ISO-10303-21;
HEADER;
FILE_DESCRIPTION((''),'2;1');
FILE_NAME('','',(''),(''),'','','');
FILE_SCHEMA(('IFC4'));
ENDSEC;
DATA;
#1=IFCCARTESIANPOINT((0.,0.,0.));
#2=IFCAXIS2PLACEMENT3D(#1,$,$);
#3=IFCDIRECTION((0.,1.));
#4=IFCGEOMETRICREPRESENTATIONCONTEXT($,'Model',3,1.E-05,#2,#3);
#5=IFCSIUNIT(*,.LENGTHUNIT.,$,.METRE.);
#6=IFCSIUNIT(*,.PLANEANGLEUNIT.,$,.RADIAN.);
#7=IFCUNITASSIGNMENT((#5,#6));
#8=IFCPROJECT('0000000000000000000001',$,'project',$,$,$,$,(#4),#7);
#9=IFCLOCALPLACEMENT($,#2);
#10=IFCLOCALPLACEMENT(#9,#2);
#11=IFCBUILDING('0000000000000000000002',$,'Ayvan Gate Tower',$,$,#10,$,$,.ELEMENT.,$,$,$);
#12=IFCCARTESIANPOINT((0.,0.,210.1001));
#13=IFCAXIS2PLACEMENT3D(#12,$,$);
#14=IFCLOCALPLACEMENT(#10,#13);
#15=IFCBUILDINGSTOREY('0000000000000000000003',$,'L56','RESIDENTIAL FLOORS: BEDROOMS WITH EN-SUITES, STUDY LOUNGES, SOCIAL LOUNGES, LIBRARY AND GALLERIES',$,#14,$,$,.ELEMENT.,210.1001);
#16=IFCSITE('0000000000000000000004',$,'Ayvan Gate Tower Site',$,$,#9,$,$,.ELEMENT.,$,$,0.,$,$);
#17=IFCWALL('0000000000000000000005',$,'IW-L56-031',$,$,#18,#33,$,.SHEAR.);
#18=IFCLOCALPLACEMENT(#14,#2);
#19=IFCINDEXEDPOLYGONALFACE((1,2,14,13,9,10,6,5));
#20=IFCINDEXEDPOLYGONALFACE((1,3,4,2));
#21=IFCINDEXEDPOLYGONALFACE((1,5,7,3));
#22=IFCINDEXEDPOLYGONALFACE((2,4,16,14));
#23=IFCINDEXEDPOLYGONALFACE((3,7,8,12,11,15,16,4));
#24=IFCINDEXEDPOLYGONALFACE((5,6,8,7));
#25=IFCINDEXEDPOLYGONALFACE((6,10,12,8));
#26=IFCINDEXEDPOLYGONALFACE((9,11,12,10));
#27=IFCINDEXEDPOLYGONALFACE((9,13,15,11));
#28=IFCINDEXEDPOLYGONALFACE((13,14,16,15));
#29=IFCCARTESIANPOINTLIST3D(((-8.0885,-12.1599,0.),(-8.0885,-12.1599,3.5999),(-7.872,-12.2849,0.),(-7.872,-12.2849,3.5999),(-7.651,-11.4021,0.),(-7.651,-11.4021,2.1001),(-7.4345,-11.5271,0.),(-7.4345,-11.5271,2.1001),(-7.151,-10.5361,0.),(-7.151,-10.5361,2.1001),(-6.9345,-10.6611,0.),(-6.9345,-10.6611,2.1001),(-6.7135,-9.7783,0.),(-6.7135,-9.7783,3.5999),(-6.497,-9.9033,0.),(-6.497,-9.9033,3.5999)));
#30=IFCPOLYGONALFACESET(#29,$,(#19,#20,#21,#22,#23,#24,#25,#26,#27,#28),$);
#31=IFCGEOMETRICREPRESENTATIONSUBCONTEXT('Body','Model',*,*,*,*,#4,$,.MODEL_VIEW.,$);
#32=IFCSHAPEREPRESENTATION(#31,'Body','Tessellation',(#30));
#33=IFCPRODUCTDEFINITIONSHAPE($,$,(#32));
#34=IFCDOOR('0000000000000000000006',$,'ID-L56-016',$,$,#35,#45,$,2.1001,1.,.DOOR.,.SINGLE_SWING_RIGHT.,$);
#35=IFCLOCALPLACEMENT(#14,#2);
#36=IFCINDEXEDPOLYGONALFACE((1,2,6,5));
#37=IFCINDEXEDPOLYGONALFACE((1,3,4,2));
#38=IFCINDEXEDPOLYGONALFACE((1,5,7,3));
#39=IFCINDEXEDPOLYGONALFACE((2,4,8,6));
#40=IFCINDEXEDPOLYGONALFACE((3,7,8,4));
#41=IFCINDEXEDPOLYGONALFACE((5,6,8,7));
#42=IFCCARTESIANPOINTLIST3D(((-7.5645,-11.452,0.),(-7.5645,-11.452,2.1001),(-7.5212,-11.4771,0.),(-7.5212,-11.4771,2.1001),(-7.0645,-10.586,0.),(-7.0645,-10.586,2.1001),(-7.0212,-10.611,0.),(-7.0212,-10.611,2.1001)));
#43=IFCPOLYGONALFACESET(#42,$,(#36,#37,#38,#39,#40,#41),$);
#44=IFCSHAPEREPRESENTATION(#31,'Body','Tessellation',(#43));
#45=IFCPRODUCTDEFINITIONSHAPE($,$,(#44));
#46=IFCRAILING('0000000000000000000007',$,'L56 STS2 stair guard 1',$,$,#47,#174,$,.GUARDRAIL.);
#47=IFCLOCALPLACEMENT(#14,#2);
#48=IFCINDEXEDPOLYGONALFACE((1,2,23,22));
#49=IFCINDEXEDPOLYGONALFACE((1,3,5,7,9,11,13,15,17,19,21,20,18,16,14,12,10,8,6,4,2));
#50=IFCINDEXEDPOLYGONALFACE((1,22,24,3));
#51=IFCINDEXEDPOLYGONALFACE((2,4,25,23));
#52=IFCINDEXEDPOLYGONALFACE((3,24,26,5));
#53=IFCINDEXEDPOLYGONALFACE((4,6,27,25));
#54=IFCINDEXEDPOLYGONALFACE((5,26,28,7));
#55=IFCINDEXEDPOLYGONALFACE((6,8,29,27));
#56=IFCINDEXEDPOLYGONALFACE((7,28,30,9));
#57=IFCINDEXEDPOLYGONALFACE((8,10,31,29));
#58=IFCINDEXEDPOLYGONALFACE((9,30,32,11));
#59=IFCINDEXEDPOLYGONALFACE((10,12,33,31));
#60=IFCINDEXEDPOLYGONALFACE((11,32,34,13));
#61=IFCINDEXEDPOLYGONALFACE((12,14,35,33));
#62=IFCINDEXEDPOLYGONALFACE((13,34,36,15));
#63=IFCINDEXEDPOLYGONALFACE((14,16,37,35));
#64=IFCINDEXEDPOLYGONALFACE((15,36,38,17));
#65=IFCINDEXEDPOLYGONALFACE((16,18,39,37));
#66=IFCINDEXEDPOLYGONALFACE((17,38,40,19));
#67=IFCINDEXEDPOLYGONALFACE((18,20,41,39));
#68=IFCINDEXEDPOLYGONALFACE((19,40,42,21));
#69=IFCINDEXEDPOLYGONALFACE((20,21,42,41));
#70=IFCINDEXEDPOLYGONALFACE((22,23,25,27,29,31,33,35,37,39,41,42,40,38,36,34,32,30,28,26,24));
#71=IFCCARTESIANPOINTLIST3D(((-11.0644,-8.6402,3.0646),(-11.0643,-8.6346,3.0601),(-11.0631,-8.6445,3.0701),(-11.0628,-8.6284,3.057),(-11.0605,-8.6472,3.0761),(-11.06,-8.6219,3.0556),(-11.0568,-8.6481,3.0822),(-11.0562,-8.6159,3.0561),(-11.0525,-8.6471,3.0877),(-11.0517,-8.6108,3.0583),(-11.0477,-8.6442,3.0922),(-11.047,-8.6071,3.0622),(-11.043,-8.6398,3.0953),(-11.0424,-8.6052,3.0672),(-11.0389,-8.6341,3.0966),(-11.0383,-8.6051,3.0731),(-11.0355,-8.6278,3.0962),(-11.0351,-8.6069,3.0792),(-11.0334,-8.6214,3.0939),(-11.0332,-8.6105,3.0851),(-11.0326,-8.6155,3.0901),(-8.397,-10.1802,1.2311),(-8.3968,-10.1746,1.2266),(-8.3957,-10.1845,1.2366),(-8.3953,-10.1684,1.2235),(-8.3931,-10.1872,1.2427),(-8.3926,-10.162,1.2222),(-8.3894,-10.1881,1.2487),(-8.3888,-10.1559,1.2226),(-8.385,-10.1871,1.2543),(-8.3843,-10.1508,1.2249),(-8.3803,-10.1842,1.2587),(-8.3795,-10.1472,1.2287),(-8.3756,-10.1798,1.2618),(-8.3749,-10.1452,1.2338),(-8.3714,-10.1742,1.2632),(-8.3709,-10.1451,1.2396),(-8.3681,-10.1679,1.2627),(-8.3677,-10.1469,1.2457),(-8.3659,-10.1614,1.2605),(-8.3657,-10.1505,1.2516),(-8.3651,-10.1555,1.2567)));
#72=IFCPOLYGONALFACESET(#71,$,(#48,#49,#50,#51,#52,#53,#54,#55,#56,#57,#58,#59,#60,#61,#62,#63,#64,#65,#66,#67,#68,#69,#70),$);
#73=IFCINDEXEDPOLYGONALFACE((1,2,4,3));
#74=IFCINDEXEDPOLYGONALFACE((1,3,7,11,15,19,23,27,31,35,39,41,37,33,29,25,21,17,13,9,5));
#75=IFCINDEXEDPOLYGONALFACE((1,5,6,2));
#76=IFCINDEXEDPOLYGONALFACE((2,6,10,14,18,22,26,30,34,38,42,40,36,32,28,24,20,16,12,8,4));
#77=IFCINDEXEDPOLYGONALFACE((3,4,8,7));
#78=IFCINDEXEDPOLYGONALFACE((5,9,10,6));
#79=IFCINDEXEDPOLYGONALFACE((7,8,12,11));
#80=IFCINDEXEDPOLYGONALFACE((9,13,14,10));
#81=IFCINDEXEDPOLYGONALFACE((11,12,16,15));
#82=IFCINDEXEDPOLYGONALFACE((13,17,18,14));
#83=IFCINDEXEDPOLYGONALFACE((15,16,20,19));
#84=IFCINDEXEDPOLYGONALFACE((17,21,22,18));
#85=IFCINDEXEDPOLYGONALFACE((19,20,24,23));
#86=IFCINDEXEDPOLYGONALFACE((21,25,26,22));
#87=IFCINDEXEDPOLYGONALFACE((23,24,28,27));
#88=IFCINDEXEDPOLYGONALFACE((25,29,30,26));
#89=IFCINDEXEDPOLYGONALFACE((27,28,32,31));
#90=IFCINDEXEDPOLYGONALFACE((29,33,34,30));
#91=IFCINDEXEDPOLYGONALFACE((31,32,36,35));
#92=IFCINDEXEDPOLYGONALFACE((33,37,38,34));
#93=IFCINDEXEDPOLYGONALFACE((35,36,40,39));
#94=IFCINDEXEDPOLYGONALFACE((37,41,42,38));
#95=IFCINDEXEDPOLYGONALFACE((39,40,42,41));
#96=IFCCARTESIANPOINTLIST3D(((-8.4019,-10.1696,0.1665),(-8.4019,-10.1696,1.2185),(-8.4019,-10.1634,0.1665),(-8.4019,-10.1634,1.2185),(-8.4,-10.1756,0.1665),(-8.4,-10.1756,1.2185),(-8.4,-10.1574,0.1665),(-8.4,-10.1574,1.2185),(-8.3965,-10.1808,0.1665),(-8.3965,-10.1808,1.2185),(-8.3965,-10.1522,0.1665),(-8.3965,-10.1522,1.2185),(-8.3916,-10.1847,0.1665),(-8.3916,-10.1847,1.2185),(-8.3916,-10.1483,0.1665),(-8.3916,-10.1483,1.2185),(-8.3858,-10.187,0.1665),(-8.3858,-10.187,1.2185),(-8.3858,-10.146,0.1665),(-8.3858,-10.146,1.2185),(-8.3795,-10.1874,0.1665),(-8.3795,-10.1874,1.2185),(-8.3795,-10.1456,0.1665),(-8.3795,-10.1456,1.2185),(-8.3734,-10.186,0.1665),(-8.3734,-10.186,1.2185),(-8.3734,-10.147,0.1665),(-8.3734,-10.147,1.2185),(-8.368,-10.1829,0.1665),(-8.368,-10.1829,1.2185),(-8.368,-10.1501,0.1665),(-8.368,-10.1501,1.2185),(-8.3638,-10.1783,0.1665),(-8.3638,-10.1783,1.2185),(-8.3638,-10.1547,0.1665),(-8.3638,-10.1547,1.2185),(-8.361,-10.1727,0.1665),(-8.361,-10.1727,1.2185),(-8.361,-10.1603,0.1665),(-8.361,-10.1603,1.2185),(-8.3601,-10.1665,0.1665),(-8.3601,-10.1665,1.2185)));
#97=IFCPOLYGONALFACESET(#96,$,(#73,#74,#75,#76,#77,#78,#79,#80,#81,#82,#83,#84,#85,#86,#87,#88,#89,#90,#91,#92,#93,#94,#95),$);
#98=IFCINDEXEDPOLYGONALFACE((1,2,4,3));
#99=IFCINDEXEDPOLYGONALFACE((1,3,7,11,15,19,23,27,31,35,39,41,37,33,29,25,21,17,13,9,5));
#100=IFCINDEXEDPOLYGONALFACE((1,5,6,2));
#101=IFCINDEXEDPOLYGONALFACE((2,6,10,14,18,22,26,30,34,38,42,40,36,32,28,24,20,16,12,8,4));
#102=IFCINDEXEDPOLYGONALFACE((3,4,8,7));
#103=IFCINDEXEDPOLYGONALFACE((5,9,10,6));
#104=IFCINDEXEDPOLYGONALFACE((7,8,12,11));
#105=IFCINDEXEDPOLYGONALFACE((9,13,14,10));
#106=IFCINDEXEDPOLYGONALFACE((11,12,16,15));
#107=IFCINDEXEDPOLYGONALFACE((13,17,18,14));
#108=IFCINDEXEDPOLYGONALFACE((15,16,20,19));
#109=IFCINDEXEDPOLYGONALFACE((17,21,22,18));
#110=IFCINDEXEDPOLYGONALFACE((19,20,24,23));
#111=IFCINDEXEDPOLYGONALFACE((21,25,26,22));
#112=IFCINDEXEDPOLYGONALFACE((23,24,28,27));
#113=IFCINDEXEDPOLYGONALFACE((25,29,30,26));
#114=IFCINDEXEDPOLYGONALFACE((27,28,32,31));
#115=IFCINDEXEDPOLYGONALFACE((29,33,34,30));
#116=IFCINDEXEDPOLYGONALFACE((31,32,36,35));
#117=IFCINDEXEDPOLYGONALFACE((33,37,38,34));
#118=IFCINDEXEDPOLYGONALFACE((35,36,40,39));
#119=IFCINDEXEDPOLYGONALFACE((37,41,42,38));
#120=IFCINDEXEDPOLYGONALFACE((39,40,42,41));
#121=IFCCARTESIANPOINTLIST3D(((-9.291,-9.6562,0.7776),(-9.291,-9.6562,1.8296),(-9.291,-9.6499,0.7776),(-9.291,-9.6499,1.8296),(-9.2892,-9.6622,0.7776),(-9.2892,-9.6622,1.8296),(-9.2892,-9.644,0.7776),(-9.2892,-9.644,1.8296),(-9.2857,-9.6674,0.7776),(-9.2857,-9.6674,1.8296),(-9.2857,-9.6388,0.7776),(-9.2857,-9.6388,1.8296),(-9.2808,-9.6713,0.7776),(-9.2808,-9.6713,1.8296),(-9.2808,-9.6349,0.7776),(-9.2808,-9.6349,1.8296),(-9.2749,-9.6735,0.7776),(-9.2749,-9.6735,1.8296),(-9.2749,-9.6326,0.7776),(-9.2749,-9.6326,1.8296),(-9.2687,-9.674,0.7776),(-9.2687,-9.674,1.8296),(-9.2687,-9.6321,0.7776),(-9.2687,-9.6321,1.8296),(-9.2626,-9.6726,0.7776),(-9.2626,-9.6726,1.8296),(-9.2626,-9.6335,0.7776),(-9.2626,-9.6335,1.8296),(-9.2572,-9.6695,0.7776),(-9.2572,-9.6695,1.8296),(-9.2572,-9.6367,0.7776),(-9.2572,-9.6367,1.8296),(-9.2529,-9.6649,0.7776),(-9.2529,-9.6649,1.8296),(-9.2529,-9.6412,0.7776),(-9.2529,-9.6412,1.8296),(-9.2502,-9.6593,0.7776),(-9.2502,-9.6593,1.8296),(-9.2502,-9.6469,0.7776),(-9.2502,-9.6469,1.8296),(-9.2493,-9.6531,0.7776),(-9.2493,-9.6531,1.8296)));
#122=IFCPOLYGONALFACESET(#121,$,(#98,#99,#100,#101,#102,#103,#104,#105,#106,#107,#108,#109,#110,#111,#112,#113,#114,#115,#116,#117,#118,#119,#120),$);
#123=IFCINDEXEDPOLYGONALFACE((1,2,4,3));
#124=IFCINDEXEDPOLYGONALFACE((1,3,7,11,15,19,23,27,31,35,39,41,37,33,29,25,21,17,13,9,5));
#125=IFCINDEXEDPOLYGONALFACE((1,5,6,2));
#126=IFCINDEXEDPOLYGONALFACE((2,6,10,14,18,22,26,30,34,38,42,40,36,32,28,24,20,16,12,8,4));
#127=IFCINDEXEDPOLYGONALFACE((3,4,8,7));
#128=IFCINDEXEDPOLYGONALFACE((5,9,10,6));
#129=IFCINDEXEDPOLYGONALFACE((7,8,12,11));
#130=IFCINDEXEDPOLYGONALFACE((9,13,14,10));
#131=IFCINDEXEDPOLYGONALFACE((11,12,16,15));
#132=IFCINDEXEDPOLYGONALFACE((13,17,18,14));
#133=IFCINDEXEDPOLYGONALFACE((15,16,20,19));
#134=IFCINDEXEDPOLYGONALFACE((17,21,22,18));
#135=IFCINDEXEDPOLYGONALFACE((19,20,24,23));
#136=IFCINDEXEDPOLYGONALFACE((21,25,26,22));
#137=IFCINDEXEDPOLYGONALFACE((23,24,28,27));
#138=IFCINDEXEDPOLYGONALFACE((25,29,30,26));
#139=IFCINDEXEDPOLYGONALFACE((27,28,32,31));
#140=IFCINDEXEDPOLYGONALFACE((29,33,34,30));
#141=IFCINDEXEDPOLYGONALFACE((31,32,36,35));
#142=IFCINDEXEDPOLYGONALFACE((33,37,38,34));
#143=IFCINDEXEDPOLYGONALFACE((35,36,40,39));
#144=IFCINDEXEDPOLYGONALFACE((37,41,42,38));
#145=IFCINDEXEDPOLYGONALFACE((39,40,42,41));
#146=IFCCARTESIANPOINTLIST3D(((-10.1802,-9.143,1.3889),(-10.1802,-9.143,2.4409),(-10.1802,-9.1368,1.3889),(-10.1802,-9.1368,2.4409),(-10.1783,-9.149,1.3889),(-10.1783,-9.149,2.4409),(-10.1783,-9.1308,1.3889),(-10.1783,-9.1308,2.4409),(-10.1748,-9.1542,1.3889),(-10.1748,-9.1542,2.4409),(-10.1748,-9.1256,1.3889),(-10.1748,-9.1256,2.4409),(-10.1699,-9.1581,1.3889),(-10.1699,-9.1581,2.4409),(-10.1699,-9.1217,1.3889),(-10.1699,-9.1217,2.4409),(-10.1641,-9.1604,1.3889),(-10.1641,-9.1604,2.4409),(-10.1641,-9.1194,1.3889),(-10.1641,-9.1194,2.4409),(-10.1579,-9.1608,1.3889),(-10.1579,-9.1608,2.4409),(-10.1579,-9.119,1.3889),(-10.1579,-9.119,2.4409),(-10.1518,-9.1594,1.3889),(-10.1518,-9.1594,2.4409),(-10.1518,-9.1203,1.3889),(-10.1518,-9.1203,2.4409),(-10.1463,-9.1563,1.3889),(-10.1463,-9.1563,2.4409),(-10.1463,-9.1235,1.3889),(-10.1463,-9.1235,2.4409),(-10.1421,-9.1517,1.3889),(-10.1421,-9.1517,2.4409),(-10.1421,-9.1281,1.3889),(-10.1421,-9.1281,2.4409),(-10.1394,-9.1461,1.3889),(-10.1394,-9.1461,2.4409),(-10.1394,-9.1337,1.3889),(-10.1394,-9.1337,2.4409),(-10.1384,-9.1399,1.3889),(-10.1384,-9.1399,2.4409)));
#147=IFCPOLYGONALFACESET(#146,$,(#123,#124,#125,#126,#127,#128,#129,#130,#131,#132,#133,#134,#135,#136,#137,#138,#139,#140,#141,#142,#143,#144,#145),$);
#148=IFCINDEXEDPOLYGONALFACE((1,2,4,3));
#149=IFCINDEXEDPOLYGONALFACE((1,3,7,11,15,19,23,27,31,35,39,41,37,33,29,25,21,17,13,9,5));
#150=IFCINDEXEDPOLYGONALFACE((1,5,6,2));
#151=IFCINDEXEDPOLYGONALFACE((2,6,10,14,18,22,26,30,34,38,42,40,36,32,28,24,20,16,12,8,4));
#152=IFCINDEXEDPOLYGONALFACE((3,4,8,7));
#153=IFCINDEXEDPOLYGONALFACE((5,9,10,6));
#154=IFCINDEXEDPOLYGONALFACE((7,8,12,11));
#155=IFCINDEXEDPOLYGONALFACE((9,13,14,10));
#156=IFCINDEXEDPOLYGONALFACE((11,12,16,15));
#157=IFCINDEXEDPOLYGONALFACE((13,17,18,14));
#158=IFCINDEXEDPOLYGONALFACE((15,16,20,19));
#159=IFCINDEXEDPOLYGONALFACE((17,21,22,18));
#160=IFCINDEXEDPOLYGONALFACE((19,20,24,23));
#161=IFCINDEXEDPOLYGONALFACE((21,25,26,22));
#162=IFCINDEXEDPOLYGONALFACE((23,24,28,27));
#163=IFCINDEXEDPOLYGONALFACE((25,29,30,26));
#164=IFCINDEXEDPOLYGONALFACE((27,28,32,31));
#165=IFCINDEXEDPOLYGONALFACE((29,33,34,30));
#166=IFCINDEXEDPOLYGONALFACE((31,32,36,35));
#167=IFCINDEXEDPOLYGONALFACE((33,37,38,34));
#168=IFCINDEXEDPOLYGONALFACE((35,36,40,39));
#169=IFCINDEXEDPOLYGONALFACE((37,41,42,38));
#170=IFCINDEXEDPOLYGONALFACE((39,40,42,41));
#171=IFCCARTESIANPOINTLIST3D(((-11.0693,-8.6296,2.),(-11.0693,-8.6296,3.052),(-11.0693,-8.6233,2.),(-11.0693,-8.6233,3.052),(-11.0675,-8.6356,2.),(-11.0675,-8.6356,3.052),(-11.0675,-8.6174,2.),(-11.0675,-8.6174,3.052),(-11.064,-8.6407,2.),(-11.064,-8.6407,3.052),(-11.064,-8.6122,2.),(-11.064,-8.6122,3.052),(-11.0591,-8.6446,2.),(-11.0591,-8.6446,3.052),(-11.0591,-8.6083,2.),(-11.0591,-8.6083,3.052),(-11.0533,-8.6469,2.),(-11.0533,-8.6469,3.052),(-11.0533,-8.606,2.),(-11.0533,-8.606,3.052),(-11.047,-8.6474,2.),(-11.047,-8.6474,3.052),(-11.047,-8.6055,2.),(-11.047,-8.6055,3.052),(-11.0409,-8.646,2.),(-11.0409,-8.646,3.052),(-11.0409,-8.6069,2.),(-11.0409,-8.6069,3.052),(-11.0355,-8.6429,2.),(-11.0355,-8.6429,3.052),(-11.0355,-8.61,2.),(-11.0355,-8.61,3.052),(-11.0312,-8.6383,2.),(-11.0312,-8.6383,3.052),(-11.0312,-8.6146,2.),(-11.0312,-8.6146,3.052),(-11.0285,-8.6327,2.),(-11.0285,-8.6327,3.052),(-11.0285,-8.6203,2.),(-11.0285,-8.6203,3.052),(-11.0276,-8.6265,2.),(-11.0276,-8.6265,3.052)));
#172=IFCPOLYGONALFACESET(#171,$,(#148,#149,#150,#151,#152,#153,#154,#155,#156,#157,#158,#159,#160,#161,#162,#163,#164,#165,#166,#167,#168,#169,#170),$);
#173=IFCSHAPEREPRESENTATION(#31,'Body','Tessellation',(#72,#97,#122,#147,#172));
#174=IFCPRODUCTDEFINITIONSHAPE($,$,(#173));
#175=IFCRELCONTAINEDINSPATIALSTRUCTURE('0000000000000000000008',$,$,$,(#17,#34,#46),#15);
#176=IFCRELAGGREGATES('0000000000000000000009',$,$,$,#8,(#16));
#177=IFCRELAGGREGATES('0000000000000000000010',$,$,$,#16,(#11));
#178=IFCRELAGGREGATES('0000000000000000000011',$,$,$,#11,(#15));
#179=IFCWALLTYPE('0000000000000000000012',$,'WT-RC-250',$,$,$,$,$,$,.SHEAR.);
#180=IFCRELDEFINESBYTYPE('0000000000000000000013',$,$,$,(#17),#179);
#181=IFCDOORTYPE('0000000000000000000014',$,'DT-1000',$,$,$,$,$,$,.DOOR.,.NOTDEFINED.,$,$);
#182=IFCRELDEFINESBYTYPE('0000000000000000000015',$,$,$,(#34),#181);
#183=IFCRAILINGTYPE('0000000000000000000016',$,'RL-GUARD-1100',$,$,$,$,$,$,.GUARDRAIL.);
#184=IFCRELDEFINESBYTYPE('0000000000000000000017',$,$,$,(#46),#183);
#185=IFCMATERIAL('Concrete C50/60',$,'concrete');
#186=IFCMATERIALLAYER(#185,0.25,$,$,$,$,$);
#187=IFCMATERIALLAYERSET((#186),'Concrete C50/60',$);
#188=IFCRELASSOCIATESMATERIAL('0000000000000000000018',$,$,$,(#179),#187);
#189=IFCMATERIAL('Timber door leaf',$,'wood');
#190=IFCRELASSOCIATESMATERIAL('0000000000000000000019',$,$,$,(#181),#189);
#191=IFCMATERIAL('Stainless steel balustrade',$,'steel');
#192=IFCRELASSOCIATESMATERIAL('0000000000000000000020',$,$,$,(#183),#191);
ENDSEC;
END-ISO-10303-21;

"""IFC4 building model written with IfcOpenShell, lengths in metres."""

from ifc_helpers import new_model, si_unit, direction, frame, frame_2d, origin, origin_2d, place, context, subcontext, project, spatial, rectangle, circle, extrude, material, layer, layer_set, type_object, element, fill, save


model = new_model("IFC4")

# Units and contexts
model_context = context("Model", 3, precision=1e-05, world=origin(), true_north=direction((0.0, 1.0)))
body_context = subcontext(model_context, "Body", "Model", "MODEL_VIEW")
ifc_project = project(units=[si_unit("LENGTHUNIT", "METRE"), si_unit("PLANEANGLEUNIT", "RADIAN")], contexts=[model_context])

# Site, building, storey
site_placement = place(None, origin())
site = spatial("IfcSite", under=ifc_project, at=site_placement, Name="Ayvan Gate Tower Site", CompositionType="ELEMENT", RefElevation=0.0)
building_placement = place(site_placement, origin())
building = spatial("IfcBuilding", under=site, at=building_placement, Name="Ayvan Gate Tower", CompositionType="ELEMENT")
storey_placement = place(building_placement, frame((0.0, 0.0, 210.1001)))
storey = spatial("IfcBuildingStorey", under=building, at=storey_placement, Name="L56", Description="RESIDENTIAL FLOORS: BEDROOMS WITH EN-SUITES, STUDY LOUNGES, SOCIAL LOUNGES, LIBRARY AND GALLERIES", CompositionType="ELEMENT", Elevation=210.1001)

# Shared definitions
ifc_material_1 = material(Name="Timber door leaf", Category="wood")

# Shared definitions
ifc_material_2 = material(Name="Concrete C50/60", Category="concrete")
ifc_layer_1 = layer(ifc_material_2, 0.25)
ifc_layer_set_1 = layer_set([ifc_layer_1], Name="Concrete C50/60")
wall_type_1 = type_object("IfcWallType", Name="WT-RC-250", PredefinedType="SHEAR", material=ifc_layer_set_1)

# Shared definitions
door_type_1 = type_object("IfcDoorType", Name="DT-1000", OperationType="NOTDEFINED", PredefinedType="DOOR", material=ifc_material_1)

# Wall, opening, door
wall_1_placement = place(storey_placement, frame((-6.6052, -9.8408, 0.0), z_axis=(0.0, 0.0, 1.0), x_axis=(-0.499997, -0.866027, 0.0)))
wall_1 = element("IfcWall", 1, at=wall_1_placement, inside=storey, type_object=wall_type_1, Name="IW-L56-031", PredefinedType="SHEAR", context=body_context, shape_type="SweptSolid", body=[
    extrude(rectangle(XDim=2.75, YDim=0.25, at=frame_2d((1.375, 0.0))), origin(), (0.0, 0.0, 1.0), 3.5999),
])
opening_1_placement = place(wall_1_placement, frame((0.875, 0.0, 0.0)))
opening_1 = element("IfcOpeningElement", 2, at=opening_1_placement, cuts=wall_1, PredefinedType="OPENING", context=body_context, shape_type="SweptSolid", body=[
    extrude(rectangle(XDim=1.0, YDim=2.1001, at=frame_2d((0.5, 1.05))), frame((0.0, 0.135, 0.0), z_axis=(0.0, -1.0, 0.0), x_axis=(1.0, 0.0, 0.0)), (0.0, 0.0, 1.0), 0.27),
])
door_1_placement = place(opening_1_placement, origin())
door_1 = element("IfcDoor", 3, at=door_1_placement, inside=storey, type_object=door_type_1, Name="ID-L56-016", OperationType="SINGLE_SWING_RIGHT", OverallHeight=2.1001, OverallWidth=1.0, PredefinedType="DOOR", context=body_context, shape_type="SweptSolid", body=[
    extrude(rectangle(XDim=1.0, YDim=2.1001, at=frame_2d((0.5, 1.05))), frame((0.0, 0.0249, 0.0), z_axis=(0.0, -1.0, 0.0), x_axis=(1.0, 0.0, 0.0)), (0.0, 0.0, 1.0), 0.05),
])
fill(opening_1, door_1)

# Railing
ifc_material_3 = material(Name="Stainless steel balustrade", Category="steel")
railing_type_1 = type_object("IfcRailingType", Name="RL-GUARD-1100", PredefinedType="GUARDRAIL", material=ifc_material_3)
railing_1_placement = place(storey_placement, frame((-8.3811, -10.1665, 0.1665)))
element("IfcRailing", 4, at=railing_1_placement, inside=storey, type_object=railing_type_1, Name="L56 STS2 stair guard 1", PredefinedType="GUARDRAIL", context=body_context, shape_type="SweptSolid", body=[
    extrude(circle(Radius=0.0239, at=origin_2d()), frame((0.0, 0.0, 1.0762), z_axis=(-0.744164, 0.429634, 0.511502), x_axis=(-0.499992, -0.86603, 0.0)), (0.0, 0.0, 1.0), 3.5845),
    extrude(circle(Radius=0.021, at=origin_2d()), origin(), (0.0, 0.0, 1.0), 1.052),
    extrude(circle(Radius=0.021, at=origin_2d()), frame((-0.8892, 0.5134, 0.6111)), (0.0, 0.0, 1.0), 1.052),
    extrude(circle(Radius=0.021, at=origin_2d()), frame((-1.7783, 1.0266, 1.2224)), (0.0, 0.0, 1.0), 1.052),
    extrude(circle(Radius=0.021, at=origin_2d()), frame((-2.6675, 1.54, 1.8335)), (0.0, 0.0, 1.0), 1.052),
])

save(model, "model.ifc")
